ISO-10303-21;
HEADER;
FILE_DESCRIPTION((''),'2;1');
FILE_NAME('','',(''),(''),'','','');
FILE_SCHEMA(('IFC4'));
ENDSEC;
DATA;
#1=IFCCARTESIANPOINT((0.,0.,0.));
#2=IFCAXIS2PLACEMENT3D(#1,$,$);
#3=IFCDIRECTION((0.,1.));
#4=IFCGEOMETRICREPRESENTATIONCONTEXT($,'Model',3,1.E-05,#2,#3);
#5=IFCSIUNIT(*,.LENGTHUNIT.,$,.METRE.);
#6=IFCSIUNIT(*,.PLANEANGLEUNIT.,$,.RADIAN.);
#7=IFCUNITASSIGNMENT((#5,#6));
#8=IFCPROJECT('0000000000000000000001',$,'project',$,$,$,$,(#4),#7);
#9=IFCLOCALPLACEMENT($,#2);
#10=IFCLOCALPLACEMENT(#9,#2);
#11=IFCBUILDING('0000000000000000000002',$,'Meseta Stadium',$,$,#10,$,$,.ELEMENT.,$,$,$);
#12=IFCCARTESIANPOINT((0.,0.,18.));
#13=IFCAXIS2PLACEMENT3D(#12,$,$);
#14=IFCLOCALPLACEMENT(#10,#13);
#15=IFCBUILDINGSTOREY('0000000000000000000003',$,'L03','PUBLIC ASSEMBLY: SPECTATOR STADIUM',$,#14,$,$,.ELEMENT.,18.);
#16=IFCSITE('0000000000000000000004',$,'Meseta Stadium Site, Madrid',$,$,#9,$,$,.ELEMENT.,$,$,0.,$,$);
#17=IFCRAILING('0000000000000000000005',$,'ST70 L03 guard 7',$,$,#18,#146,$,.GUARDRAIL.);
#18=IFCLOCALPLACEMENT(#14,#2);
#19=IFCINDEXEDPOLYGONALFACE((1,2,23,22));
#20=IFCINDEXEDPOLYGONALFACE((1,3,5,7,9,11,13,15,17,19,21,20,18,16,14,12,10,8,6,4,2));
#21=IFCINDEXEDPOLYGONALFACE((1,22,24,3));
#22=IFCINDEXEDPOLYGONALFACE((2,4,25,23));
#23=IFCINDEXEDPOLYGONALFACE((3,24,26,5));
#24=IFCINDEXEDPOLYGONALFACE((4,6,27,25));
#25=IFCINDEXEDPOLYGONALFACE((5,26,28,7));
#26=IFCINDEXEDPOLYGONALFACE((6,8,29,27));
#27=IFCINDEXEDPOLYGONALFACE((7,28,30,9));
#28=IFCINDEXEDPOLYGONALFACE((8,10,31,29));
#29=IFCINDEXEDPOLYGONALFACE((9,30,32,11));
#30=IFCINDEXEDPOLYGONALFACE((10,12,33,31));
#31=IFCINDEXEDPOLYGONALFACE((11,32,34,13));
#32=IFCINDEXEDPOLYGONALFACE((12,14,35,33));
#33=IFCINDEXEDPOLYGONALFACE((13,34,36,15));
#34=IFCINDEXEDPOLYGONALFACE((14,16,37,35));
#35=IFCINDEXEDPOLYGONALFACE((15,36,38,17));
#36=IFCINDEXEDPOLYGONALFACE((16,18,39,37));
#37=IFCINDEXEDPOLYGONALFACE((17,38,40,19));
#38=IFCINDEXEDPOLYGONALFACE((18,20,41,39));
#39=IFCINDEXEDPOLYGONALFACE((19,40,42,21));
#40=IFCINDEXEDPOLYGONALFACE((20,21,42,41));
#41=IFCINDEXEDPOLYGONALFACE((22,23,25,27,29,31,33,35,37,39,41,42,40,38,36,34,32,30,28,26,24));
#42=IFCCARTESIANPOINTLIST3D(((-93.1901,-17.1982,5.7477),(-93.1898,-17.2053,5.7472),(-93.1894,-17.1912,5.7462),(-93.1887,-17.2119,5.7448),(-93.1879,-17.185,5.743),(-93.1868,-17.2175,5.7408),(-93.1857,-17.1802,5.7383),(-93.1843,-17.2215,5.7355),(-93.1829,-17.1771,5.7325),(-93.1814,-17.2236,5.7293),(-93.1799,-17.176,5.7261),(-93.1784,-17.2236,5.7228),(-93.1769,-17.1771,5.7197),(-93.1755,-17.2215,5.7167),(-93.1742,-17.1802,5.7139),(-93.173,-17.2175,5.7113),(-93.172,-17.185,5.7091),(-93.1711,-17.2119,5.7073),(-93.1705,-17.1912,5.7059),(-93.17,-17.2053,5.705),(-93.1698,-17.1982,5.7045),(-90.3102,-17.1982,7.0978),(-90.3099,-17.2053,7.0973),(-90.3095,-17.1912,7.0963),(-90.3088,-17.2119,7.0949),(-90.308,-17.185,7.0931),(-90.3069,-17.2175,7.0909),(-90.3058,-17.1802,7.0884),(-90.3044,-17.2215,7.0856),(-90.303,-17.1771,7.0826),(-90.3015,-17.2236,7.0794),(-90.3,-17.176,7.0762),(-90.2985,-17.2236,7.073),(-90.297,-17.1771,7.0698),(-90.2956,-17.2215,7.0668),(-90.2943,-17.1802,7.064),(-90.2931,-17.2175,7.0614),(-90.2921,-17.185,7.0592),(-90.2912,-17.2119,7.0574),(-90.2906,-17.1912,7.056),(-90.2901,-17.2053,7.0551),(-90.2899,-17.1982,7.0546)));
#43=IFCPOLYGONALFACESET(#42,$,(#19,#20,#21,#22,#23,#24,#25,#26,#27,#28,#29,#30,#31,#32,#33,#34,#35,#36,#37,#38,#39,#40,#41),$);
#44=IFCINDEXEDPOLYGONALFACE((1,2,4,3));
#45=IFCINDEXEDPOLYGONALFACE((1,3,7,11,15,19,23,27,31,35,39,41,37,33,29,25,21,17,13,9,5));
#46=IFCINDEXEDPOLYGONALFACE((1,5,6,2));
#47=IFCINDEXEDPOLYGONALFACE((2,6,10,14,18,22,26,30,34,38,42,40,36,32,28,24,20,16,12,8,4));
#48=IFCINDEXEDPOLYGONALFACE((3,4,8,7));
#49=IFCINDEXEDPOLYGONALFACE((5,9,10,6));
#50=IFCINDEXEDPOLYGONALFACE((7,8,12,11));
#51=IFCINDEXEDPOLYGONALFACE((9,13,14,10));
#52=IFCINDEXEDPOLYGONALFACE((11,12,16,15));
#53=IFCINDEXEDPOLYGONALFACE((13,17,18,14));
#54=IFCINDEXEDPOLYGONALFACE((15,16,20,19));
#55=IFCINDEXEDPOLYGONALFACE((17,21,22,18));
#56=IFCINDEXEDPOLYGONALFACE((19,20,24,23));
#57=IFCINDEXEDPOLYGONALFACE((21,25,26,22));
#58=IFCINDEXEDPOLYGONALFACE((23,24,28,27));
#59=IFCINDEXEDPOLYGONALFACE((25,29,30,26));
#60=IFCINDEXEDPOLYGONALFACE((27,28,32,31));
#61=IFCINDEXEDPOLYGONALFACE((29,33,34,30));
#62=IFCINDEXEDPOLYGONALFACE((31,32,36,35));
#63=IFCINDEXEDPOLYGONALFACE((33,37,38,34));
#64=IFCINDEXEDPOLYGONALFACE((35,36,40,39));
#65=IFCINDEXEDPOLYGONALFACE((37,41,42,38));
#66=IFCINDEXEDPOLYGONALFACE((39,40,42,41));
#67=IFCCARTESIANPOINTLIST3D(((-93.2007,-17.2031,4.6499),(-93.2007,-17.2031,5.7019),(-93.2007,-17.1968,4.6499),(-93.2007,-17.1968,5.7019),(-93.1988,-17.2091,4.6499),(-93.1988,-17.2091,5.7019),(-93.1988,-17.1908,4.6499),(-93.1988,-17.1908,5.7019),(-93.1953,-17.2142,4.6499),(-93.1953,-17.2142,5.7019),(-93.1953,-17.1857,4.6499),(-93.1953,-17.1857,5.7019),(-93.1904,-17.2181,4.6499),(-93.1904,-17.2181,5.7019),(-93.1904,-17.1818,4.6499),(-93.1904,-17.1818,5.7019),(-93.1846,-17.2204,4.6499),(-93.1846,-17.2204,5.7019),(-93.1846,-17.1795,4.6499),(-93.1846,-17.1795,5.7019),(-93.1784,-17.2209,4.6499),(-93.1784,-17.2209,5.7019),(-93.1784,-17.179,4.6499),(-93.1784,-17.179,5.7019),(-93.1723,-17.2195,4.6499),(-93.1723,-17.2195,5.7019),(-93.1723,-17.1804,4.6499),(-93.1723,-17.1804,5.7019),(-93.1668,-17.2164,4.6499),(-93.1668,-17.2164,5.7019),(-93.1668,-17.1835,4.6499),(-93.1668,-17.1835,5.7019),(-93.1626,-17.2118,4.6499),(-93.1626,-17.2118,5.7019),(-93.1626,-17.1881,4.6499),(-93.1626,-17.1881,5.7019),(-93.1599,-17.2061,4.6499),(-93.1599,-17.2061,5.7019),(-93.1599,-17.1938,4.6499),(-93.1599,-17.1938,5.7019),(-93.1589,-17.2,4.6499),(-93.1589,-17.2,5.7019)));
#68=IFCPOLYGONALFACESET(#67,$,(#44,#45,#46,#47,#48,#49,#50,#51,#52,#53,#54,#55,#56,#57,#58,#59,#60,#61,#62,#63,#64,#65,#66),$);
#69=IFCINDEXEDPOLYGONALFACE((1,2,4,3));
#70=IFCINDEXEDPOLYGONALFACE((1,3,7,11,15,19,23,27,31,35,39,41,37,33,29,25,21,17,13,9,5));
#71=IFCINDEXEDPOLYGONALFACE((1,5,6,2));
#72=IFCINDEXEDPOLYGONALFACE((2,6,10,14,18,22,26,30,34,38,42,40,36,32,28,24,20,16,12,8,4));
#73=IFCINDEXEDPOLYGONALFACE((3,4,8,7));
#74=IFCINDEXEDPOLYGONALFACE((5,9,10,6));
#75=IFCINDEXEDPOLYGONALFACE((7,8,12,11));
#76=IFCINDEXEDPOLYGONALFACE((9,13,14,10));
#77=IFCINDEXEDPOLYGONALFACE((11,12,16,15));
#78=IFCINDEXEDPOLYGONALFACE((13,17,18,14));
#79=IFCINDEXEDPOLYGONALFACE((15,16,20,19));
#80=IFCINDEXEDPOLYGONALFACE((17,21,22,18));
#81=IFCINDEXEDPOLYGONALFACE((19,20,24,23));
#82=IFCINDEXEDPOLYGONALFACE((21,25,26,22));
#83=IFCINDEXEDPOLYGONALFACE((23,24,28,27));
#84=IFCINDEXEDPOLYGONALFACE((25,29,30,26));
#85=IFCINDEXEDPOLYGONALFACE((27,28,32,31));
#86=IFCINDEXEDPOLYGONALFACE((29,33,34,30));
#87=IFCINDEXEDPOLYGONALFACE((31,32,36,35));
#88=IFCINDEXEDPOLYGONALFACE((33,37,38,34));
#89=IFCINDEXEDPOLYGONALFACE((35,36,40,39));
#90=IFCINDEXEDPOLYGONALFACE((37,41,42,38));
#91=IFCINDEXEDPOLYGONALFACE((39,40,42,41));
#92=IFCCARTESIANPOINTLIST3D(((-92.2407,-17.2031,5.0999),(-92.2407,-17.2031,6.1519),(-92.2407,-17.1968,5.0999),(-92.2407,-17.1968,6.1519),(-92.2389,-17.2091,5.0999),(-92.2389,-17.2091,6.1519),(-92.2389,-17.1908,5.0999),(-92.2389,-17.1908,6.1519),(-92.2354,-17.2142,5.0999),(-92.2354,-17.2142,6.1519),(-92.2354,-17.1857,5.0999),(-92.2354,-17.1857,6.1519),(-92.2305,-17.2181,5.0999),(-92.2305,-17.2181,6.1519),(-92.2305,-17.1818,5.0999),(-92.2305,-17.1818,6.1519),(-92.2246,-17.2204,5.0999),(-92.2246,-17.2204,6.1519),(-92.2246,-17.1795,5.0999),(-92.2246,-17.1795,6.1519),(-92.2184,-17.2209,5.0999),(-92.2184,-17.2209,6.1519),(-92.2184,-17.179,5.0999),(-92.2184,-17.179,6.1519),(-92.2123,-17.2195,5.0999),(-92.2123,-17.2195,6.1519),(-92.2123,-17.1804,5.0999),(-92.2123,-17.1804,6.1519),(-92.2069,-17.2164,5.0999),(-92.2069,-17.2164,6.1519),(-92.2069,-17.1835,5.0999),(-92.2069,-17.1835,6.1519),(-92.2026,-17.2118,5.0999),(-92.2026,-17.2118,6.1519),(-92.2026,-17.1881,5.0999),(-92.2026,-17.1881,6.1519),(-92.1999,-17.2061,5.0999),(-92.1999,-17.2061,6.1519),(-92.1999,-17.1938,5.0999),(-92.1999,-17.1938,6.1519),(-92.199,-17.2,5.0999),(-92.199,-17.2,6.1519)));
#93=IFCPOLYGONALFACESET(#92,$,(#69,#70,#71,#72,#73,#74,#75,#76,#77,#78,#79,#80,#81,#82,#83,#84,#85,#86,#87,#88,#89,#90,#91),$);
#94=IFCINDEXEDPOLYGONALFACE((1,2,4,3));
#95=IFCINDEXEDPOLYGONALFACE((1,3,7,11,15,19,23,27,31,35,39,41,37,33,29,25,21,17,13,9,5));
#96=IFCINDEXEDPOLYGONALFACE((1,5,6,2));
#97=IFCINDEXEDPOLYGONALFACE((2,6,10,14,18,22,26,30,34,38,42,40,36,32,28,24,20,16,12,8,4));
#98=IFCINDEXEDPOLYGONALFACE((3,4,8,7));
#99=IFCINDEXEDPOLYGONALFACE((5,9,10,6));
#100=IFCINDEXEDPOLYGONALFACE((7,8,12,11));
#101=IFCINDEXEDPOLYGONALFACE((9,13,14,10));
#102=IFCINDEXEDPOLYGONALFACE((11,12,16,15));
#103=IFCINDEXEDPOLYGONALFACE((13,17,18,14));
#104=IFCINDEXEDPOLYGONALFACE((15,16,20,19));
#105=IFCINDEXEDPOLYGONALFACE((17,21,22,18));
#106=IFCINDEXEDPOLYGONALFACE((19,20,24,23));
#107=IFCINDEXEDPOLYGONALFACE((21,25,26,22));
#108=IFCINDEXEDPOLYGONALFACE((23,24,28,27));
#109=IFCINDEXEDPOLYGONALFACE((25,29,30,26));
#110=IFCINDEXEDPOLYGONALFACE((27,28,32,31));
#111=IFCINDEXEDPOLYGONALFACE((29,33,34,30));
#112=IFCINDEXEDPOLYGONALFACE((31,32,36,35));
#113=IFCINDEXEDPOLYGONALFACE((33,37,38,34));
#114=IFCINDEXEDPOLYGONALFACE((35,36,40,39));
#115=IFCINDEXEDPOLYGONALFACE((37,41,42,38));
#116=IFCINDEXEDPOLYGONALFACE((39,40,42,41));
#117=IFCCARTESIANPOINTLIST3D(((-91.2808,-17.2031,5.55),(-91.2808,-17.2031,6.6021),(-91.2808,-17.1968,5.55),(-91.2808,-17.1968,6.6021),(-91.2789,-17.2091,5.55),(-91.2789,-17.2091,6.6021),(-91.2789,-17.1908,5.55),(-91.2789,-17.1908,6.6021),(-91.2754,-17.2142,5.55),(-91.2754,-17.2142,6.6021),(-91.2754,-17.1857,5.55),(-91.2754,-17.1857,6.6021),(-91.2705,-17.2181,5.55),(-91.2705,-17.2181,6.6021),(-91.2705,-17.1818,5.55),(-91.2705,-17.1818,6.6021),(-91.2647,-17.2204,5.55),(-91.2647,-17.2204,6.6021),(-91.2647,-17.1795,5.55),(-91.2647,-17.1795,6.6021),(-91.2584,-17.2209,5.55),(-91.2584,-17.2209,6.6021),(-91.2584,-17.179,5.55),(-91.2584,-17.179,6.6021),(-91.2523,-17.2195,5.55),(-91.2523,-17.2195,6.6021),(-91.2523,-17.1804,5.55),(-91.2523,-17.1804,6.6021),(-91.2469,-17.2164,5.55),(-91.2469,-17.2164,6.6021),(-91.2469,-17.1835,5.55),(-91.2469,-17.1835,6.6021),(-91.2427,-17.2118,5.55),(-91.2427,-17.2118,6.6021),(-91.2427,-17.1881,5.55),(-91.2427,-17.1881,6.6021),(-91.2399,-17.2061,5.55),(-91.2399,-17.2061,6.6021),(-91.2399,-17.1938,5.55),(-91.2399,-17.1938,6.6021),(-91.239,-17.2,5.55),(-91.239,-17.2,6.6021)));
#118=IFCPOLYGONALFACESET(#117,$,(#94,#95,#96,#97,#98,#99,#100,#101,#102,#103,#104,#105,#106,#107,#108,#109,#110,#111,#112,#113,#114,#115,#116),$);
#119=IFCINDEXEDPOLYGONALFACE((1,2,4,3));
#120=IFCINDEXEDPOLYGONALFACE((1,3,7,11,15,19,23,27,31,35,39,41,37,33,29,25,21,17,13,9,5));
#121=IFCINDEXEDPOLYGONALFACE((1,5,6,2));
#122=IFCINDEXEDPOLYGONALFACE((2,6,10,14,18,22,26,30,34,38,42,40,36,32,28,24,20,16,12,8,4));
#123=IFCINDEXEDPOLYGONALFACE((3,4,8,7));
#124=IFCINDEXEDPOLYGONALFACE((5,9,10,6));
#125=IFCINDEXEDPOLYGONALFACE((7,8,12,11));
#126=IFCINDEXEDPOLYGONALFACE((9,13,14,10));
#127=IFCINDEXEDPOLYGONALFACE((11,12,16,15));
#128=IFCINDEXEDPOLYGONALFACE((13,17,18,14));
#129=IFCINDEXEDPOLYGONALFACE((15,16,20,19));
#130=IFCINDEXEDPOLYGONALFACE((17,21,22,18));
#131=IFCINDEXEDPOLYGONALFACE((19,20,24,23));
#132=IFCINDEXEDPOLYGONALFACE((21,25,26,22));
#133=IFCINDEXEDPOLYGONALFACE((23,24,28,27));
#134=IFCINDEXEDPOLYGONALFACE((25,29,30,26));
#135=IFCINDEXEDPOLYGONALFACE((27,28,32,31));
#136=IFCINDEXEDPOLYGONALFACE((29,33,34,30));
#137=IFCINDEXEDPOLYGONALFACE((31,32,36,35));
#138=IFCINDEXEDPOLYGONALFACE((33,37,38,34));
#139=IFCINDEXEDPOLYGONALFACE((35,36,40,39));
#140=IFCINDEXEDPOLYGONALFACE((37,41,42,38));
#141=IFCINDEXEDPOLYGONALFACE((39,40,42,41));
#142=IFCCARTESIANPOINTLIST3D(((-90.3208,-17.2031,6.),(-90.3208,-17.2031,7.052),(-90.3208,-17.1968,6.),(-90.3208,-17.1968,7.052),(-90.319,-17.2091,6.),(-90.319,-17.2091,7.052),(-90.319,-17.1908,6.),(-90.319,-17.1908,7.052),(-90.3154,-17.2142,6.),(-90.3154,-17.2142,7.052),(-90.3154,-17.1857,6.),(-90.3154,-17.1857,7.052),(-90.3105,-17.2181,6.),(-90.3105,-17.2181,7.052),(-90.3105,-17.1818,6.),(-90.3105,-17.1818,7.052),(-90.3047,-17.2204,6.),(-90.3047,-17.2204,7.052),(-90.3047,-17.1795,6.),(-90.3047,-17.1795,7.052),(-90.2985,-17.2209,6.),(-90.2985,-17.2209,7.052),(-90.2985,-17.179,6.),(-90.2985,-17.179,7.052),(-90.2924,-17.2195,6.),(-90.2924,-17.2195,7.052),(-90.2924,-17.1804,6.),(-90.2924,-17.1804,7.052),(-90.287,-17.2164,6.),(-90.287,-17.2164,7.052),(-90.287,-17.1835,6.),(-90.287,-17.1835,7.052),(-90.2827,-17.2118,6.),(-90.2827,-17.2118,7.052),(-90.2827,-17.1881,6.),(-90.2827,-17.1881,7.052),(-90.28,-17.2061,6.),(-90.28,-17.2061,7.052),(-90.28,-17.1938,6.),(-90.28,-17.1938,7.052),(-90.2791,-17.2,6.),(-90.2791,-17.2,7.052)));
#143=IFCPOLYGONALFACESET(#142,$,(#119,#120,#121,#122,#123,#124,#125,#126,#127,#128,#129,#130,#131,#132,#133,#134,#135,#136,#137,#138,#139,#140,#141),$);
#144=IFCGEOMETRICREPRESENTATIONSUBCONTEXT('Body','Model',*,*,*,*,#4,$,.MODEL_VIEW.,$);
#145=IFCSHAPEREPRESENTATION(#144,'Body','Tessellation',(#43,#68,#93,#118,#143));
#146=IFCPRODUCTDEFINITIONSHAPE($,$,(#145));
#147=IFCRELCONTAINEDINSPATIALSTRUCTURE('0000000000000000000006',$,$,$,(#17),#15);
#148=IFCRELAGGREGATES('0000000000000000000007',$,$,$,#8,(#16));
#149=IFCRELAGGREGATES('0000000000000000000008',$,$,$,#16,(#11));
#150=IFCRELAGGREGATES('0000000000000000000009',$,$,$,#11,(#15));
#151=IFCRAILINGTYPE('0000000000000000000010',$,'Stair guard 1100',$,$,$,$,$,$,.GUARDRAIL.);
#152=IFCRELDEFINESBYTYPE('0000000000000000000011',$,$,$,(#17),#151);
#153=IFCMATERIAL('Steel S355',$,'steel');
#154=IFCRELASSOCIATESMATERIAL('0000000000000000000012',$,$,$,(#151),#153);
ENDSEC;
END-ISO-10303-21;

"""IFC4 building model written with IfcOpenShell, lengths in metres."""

from ifc_helpers import new_model, si_unit, direction, frame, origin, origin_2d, place, context, subcontext, project, spatial, circle, extrude, material, type_object, element, save


model = new_model("IFC4")

# Units and contexts
model_context = context("Model", 3, precision=1e-05, world=origin(), true_north=direction((0.0, 1.0)))
body_context = subcontext(model_context, "Body", "Model", "MODEL_VIEW")
ifc_project = project(units=[si_unit("LENGTHUNIT", "METRE"), si_unit("PLANEANGLEUNIT", "RADIAN")], contexts=[model_context])

# Site, building, storey
site_placement = place(None, origin())
site = spatial("IfcSite", under=ifc_project, at=site_placement, Name="Meseta Stadium Site, Madrid", CompositionType="ELEMENT", RefElevation=0.0)
building_placement = place(site_placement, origin())
building = spatial("IfcBuilding", under=site, at=building_placement, Name="Meseta Stadium", CompositionType="ELEMENT")
storey_placement = place(building_placement, frame((0.0, 0.0, 18.0)))
storey = spatial("IfcBuildingStorey", under=building, at=storey_placement, Name="L03", Description="PUBLIC ASSEMBLY: SPECTATOR STADIUM", CompositionType="ELEMENT", Elevation=18.0)

# Railing
ifc_material_1 = material(Name="Steel S355", Category="steel")
railing_type_1 = type_object("IfcRailingType", Name="Stair guard 1100", PredefinedType="GUARDRAIL", material=ifc_material_1)
railing_1_placement = place(storey_placement, frame((-93.1799, -17.2, 4.6499)))
element("IfcRailing", 1, at=railing_1_placement, inside=storey, type_object=railing_type_1, Name="ST70 L03 guard 7", PredefinedType="GUARDRAIL", context=body_context, shape_type="SweptSolid", body=[
    extrude(circle(Radius=0.0239, at=origin_2d()), frame((0.0, 0.0, 1.0762), z_axis=(0.90544, 0.0, 0.424473), x_axis=(0.0, 1.0, 0.0)), (0.0, 0.0, 1.0), 3.1807),
    extrude(circle(Radius=0.021, at=origin_2d()), origin(), (0.0, 0.0, 1.0), 1.052),
    extrude(circle(Radius=0.021, at=origin_2d()), frame((0.96, 0.0, 0.45)), (0.0, 0.0, 1.0), 1.052),
    extrude(circle(Radius=0.021, at=origin_2d()), frame((1.9199, 0.0, 0.9001)), (0.0, 0.0, 1.0), 1.052),
    extrude(circle(Radius=0.021, at=origin_2d()), frame((2.8799, 0.0, 1.3501)), (0.0, 0.0, 1.0), 1.052),
])

save(model, "model.ifc")
